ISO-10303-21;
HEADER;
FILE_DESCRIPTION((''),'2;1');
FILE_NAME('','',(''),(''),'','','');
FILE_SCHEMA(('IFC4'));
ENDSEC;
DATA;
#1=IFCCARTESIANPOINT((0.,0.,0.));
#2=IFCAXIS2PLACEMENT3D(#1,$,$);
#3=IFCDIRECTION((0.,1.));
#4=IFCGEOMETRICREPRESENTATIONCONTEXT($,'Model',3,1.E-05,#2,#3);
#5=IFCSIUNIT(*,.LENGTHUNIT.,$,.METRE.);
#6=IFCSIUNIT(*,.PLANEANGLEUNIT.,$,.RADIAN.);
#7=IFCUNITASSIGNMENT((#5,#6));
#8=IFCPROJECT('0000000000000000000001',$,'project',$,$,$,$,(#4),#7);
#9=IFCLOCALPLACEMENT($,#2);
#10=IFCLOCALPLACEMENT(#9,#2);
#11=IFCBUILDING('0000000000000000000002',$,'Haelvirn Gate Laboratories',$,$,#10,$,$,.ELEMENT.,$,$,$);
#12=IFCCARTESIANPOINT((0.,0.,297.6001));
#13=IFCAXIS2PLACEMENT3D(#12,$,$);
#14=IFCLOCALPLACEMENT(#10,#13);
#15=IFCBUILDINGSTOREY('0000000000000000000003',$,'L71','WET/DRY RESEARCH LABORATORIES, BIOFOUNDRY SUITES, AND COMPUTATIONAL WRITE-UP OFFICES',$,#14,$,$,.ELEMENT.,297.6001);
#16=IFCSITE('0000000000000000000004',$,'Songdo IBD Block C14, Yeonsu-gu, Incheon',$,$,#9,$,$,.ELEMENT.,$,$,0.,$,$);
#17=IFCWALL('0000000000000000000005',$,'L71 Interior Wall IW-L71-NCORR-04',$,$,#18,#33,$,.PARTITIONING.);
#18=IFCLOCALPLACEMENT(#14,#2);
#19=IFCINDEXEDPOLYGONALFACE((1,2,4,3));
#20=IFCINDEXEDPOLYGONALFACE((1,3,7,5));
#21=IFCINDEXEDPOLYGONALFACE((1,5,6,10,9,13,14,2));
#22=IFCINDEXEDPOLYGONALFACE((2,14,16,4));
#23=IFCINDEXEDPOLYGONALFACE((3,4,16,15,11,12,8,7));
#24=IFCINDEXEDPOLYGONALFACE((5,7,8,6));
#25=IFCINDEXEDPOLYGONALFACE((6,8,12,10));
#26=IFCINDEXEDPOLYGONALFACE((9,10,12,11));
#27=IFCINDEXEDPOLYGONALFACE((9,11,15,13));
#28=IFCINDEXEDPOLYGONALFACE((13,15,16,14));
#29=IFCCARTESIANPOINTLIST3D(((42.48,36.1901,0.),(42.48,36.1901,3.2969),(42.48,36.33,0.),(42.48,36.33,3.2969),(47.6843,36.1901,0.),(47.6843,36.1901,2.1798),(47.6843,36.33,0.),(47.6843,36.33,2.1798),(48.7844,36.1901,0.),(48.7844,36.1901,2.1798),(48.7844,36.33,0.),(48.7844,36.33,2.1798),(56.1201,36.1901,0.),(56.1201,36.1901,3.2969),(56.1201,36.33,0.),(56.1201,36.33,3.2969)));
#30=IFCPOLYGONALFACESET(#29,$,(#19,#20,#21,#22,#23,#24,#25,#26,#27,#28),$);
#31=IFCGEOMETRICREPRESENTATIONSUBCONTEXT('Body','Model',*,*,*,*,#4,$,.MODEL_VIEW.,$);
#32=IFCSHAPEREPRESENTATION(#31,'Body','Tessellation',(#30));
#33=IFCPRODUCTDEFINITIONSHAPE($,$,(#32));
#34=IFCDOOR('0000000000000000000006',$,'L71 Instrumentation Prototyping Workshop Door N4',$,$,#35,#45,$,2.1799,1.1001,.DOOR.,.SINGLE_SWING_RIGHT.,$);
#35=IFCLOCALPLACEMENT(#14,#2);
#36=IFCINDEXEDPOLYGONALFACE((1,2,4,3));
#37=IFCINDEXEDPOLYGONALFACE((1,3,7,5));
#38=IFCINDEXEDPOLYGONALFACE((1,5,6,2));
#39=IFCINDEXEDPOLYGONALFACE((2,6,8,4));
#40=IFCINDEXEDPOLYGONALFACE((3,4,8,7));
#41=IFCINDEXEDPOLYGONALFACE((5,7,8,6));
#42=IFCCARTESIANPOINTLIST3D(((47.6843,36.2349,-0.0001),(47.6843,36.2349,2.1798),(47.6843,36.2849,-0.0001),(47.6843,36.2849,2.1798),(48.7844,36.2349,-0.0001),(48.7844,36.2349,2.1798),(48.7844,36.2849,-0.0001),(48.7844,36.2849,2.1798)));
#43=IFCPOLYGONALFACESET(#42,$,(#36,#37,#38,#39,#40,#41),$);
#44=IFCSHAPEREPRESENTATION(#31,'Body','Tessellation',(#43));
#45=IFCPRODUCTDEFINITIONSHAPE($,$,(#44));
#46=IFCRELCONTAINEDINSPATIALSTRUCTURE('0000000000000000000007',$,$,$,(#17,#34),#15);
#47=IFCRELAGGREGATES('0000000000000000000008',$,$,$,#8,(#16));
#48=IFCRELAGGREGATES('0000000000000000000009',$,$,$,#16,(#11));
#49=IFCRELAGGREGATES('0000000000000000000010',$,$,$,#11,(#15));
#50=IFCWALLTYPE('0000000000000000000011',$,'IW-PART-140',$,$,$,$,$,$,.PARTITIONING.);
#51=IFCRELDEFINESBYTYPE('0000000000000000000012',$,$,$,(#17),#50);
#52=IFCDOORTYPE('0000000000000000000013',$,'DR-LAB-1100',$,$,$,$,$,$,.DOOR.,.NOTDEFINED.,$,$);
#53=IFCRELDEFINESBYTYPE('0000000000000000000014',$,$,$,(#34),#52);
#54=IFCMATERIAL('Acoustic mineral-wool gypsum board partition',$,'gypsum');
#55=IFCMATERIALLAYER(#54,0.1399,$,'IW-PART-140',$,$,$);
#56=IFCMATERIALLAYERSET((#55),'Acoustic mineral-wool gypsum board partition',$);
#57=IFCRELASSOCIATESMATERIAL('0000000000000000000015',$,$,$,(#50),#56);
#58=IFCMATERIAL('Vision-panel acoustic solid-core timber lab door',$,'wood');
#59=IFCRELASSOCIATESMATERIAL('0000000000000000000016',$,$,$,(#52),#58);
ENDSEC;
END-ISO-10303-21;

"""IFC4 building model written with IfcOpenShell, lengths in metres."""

from ifc_helpers import new_model, si_unit, direction, frame, frame_2d, origin, place, context, subcontext, project, spatial, rectangle, extrude, source, transform, mapped, material, layer, layer_set, type_object, type_shapes, element, fill, save


model = new_model("IFC4")

# Units and contexts
model_context = context("Model", 3, precision=1e-05, world=origin(), true_north=direction((0.0, 1.0)))
body_context = subcontext(model_context, "Body", "Model", "MODEL_VIEW")
ifc_project = project(units=[si_unit("LENGTHUNIT", "METRE"), si_unit("PLANEANGLEUNIT", "RADIAN")], contexts=[model_context])

# Site, building, storey
site_placement = place(None, origin())
site = spatial("IfcSite", under=ifc_project, at=site_placement, Name="Songdo IBD Block C14, Yeonsu-gu, Incheon", CompositionType="ELEMENT", RefElevation=0.0)
building_placement = place(site_placement, origin())
building = spatial("IfcBuilding", under=site, at=building_placement, Name="Haelvirn Gate Laboratories", CompositionType="ELEMENT")
storey_placement = place(building_placement, frame((0.0, 0.0, 297.6001)))
storey = spatial("IfcBuildingStorey", under=building, at=storey_placement, Name="L71", Description="WET/DRY RESEARCH LABORATORIES, BIOFOUNDRY SUITES, AND COMPUTATIONAL WRITE-UP OFFICES", CompositionType="ELEMENT", Elevation=297.6001)

# Wall, opening, door
ifc_material_1 = material(Name="Acoustic mineral-wool gypsum board partition", Category="gypsum")
ifc_layer_1 = layer(ifc_material_1, 0.1399, Name="IW-PART-140")
ifc_layer_set_1 = layer_set([ifc_layer_1], Name="Acoustic mineral-wool gypsum board partition")
wall_type_1 = type_object("IfcWallType", Name="IW-PART-140", PredefinedType="PARTITIONING", material=ifc_layer_set_1)
wall_1_placement = place(storey_placement, frame((42.48, 36.26, 0.0), z_axis=(0.0, 0.0, 1.0), x_axis=(1.0, 0.0, 0.0)))
wall_1 = element("IfcWall", 1, at=wall_1_placement, inside=storey, type_object=wall_type_1, Name="L71 Interior Wall IW-L71-NCORR-04", PredefinedType="PARTITIONING", context=body_context, shape_type="SweptSolid", body=[
    extrude(rectangle(XDim=13.6401, YDim=0.1399, at=frame_2d((6.8201, 0.0))), origin(), (0.0, 0.0, 1.0), 3.2969),
])
opening_1_placement = place(wall_1_placement, frame((5.2043, 0.0, 0.0)))
opening_1 = element("IfcOpeningElement", 2, at=opening_1_placement, cuts=wall_1, PredefinedType="OPENING", context=body_context, shape_type="SweptSolid", body=[
    extrude(rectangle(XDim=1.1001, YDim=2.1799, at=frame_2d((0.55, 1.0898))), frame((0.0, 0.0801, 0.0), z_axis=(0.0, -1.0, 0.0), x_axis=(1.0, 0.0, 0.0)), (0.0, 0.0, 1.0), 0.1599),
])
ifc_material_2 = material(Name="Vision-panel acoustic solid-core timber lab door", Category="wood")
door_type_1 = type_object("IfcDoorType", Name="DR-LAB-1100", OperationType="NOTDEFINED", PredefinedType="DOOR", material=ifc_material_2)
shared_shape_1 = source(origin(), body_context, "Body", "SweptSolid", [
    extrude(rectangle(XDim=1.1001, YDim=2.1799, at=frame_2d((0.55, 1.0898))), frame((0.0, 0.0249, 0.0), z_axis=(0.0, -1.0, 0.0), x_axis=(1.0, 0.0, 0.0)), (0.0, 0.0, 1.0), 0.05),
])
type_shapes(door_type_1, [shared_shape_1])
door_1_placement = place(opening_1_placement, origin())
door_1 = element("IfcDoor", 3, at=door_1_placement, inside=storey, type_object=door_type_1, Name="L71 Instrumentation Prototyping Workshop Door N4", OperationType="SINGLE_SWING_RIGHT", OverallHeight=2.1799, OverallWidth=1.1001, PredefinedType="DOOR", context=body_context, shape_type="MappedRepresentation", body=[
    mapped(shared_shape_1, transform((0.0, 0.0, 0.0), scale=1.0)),
])
fill(opening_1, door_1)

save(model, "model.ifc")
